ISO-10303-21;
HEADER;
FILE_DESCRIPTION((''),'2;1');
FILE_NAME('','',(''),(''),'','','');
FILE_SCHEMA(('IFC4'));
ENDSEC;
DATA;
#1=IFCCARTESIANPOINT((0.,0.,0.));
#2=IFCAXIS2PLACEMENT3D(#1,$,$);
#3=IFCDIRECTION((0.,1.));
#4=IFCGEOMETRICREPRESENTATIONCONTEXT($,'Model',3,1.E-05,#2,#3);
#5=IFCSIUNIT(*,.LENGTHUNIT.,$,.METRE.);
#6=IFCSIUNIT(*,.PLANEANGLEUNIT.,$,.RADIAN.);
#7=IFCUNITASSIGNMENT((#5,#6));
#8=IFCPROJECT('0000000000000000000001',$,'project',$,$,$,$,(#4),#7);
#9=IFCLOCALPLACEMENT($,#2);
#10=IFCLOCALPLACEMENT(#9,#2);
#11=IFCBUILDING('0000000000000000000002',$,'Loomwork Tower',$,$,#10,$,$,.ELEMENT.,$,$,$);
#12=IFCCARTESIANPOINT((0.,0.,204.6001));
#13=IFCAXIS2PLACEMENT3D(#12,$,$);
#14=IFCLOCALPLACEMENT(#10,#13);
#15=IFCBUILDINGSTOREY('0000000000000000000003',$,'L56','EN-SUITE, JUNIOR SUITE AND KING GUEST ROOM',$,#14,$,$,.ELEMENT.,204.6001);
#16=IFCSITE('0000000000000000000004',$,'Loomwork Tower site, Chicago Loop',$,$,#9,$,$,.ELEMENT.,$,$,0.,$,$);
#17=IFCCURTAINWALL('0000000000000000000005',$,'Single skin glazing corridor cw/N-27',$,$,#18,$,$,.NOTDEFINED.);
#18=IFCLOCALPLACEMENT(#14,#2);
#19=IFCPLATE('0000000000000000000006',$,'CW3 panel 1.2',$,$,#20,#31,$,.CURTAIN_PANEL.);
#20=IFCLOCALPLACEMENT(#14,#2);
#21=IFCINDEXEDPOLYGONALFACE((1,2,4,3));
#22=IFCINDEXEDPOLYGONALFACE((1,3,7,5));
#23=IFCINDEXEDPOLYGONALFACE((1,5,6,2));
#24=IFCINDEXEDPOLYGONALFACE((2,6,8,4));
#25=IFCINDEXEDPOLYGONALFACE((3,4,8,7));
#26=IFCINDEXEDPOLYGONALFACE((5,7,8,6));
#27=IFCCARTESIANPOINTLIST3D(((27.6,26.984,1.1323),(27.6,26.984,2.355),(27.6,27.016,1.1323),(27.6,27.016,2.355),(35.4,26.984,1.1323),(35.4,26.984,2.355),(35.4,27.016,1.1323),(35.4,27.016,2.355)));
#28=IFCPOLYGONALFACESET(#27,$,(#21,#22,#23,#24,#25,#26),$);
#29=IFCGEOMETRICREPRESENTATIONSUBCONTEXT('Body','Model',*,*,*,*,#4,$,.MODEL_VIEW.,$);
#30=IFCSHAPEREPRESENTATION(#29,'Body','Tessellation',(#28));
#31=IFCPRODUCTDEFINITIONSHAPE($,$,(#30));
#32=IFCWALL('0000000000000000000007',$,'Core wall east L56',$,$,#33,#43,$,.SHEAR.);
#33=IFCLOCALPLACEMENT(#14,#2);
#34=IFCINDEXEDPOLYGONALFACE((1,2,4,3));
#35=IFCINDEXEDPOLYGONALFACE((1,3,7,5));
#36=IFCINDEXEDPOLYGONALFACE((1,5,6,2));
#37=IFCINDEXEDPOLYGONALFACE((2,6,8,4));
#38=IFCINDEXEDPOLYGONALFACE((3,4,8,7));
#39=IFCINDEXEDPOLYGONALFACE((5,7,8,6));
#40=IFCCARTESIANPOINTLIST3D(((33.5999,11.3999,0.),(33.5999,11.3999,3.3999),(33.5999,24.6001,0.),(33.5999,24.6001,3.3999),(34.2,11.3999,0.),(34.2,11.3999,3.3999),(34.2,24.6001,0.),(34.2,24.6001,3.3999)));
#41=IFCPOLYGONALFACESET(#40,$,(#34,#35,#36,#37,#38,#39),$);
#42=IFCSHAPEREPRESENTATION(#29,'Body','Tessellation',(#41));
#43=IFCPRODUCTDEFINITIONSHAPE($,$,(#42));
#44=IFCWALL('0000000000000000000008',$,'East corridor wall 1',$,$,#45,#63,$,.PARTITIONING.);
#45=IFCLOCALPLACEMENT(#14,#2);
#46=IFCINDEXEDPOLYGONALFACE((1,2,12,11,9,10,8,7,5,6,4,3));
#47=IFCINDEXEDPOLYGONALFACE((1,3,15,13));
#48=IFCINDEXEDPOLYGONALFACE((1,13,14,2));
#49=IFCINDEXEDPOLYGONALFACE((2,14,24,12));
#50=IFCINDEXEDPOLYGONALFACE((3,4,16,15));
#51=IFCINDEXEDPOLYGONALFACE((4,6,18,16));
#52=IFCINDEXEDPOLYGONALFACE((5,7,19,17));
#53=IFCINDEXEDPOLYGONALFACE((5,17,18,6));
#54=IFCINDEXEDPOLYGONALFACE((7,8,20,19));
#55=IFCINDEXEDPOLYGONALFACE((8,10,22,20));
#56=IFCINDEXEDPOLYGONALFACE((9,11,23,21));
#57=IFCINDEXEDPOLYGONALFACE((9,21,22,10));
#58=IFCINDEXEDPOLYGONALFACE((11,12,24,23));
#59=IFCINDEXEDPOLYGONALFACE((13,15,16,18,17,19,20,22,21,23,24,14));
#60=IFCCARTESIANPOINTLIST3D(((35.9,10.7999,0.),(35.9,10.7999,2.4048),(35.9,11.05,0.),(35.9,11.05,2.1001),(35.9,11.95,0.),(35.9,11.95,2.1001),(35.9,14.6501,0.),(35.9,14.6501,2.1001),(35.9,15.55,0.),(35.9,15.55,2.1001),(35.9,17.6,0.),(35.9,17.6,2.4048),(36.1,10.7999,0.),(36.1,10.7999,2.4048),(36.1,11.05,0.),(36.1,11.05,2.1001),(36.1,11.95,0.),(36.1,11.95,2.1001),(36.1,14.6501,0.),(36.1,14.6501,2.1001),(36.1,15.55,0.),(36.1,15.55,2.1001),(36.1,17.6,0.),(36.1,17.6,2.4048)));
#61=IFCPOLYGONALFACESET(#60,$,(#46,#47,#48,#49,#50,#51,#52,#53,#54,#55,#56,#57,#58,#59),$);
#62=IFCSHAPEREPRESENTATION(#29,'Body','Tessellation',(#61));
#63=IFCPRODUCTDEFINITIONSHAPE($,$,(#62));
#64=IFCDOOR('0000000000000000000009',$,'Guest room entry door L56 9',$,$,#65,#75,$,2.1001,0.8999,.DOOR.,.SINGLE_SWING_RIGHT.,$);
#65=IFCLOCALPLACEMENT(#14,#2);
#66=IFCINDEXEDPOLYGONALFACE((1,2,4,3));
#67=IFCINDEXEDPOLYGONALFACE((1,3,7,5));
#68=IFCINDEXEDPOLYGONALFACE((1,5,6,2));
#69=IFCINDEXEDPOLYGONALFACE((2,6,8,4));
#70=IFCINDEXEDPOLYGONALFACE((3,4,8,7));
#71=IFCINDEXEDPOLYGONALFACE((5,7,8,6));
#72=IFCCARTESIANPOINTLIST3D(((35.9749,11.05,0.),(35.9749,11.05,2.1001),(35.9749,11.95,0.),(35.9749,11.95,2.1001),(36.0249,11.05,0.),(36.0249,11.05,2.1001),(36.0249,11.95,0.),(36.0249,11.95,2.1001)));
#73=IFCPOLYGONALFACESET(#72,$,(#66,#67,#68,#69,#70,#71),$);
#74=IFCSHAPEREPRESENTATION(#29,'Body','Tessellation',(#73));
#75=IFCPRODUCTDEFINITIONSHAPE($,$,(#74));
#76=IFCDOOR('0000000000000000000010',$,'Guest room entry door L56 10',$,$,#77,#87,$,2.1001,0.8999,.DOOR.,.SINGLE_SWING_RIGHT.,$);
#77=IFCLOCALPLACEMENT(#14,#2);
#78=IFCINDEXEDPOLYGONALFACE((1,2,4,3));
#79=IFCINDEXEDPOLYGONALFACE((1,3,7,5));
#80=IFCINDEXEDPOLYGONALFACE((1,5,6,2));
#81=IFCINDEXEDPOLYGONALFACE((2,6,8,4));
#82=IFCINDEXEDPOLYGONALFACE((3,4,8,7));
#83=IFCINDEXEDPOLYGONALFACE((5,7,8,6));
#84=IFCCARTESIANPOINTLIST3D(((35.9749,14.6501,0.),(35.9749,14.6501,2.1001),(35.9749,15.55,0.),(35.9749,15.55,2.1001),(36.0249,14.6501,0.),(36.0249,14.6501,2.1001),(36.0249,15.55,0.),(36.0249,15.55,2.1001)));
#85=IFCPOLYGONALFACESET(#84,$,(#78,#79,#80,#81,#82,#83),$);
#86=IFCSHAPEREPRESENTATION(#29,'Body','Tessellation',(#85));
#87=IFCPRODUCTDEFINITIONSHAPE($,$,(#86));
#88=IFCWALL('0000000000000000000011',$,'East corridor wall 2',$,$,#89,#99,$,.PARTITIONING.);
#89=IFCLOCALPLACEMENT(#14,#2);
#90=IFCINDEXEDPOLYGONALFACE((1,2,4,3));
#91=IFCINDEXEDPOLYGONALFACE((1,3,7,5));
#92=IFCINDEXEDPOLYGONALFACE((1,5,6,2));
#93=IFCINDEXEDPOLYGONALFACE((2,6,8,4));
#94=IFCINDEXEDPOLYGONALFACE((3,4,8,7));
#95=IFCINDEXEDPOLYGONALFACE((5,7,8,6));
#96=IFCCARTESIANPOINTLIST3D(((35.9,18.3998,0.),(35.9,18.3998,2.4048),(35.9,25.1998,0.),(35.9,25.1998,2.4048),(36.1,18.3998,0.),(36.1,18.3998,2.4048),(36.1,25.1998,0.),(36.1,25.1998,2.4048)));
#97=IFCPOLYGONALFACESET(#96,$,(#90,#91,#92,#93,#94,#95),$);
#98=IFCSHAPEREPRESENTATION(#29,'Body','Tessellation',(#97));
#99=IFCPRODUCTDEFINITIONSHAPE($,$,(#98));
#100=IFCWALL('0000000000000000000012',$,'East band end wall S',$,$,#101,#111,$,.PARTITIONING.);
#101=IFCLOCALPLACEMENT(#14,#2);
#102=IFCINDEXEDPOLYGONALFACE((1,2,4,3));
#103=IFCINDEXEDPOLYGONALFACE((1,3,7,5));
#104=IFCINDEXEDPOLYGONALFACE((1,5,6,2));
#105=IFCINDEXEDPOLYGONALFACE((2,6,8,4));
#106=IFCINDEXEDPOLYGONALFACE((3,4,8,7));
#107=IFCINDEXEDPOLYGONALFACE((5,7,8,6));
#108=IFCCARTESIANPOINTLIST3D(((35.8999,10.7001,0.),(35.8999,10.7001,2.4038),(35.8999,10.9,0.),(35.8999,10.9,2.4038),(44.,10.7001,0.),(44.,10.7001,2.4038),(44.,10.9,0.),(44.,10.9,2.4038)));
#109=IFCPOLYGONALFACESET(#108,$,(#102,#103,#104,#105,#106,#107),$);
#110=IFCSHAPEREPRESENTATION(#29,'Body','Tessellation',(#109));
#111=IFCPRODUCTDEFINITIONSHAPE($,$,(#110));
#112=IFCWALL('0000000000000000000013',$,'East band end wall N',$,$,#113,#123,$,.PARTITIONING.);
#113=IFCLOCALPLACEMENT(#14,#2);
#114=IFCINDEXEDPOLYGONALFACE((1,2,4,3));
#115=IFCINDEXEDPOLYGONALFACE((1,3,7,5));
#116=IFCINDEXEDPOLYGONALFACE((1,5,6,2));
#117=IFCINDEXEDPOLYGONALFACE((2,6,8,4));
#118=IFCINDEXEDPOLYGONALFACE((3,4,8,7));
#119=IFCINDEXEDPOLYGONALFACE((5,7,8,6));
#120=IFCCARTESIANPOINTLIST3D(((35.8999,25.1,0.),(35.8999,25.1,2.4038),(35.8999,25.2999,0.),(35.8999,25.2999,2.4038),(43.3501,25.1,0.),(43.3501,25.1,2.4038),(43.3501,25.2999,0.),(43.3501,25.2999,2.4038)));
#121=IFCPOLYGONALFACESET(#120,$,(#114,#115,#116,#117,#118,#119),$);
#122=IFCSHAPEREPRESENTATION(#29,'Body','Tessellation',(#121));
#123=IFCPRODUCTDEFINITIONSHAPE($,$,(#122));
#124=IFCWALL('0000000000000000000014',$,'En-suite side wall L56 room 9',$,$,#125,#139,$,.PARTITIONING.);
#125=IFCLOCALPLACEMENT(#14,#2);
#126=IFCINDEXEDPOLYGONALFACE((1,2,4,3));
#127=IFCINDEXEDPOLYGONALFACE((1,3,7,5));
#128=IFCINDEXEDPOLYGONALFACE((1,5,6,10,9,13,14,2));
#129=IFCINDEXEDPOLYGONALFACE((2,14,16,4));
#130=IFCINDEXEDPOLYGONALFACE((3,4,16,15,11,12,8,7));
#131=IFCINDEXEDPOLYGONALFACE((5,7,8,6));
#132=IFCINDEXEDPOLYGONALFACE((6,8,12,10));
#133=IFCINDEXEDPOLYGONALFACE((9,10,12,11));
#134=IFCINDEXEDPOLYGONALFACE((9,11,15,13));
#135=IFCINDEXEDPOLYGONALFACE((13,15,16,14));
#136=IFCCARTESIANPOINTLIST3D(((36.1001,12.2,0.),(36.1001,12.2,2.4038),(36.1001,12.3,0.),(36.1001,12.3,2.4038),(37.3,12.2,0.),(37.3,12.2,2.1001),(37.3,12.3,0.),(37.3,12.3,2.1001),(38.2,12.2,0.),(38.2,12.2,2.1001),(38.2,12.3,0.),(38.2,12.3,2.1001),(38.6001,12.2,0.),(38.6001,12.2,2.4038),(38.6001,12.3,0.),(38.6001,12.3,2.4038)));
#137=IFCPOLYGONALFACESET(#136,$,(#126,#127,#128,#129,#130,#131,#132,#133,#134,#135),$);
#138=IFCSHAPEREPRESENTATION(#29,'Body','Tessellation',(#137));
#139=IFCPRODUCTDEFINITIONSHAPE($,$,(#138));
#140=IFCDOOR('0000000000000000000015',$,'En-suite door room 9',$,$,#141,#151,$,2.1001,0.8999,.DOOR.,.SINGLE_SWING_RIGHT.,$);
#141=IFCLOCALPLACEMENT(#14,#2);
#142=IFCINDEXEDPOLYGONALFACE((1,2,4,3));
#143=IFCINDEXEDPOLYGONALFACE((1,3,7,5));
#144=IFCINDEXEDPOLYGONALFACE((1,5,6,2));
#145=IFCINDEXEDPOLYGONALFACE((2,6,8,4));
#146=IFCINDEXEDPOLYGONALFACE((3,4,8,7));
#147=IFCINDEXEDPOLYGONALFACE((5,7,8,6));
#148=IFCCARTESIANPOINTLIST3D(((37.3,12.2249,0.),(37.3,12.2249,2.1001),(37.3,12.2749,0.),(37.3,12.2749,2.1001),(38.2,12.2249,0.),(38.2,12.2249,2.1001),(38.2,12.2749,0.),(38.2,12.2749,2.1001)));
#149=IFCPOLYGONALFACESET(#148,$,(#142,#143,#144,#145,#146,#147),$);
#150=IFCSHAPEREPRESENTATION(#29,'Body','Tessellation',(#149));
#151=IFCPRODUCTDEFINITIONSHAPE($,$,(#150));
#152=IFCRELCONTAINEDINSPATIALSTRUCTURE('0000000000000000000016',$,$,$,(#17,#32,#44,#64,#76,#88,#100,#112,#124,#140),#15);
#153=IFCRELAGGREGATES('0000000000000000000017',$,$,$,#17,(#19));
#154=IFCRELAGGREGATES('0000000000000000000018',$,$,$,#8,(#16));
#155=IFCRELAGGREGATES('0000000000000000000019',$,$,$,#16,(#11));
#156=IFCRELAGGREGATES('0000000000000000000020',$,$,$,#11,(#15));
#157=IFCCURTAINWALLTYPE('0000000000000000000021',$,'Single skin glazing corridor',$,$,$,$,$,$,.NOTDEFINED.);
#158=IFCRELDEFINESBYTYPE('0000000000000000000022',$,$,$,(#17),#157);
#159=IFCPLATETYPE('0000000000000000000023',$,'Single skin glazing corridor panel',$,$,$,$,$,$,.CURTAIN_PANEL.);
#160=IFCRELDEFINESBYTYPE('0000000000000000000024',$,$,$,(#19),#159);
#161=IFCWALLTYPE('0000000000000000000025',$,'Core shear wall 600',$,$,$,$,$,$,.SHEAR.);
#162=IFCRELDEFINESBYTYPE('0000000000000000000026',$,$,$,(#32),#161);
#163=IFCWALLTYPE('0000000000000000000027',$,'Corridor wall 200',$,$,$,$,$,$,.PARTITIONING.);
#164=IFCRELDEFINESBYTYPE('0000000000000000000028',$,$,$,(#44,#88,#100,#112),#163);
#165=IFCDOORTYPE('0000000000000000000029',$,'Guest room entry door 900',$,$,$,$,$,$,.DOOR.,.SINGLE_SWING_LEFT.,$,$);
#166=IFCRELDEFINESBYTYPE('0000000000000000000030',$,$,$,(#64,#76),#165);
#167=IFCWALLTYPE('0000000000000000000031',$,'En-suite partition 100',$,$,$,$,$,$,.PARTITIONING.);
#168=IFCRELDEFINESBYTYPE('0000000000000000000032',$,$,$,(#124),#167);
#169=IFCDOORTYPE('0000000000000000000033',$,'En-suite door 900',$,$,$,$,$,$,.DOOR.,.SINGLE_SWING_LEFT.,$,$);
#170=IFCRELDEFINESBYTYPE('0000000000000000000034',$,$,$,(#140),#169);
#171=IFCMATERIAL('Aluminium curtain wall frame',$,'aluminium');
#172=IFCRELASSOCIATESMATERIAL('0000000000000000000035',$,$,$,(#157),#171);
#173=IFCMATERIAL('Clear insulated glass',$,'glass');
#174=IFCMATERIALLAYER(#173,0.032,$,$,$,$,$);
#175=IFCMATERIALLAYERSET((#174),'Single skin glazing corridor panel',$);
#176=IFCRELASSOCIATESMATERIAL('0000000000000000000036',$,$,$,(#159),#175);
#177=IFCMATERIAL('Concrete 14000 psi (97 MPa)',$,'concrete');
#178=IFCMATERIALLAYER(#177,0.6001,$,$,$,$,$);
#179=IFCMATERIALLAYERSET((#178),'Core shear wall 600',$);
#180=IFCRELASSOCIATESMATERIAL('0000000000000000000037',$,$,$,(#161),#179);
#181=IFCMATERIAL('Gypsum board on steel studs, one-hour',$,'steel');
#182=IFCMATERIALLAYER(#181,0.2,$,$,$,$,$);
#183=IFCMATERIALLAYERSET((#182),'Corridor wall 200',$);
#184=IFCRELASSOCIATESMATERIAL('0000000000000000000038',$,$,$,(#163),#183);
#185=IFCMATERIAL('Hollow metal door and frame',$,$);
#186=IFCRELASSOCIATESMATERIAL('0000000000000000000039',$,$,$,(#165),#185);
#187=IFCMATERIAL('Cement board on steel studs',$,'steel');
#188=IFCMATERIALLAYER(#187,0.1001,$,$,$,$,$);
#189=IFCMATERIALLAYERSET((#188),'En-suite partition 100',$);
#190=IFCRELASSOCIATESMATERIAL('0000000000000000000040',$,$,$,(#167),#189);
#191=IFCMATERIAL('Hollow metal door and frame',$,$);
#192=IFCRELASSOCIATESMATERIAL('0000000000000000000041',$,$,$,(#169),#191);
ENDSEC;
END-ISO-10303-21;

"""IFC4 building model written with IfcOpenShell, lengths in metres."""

from ifc_helpers import new_model, si_unit, direction, frame, frame_2d, origin, origin_2d, place, context, subcontext, project, spatial, rectangle, extrude, material, layer, layer_set, type_object, element, fill, aggregate, save


model = new_model("IFC4")

# Units and contexts
model_context = context("Model", 3, precision=1e-05, world=origin(), true_north=direction((0.0, 1.0)))
body_context = subcontext(model_context, "Body", "Model", "MODEL_VIEW")
ifc_project = project(units=[si_unit("LENGTHUNIT", "METRE"), si_unit("PLANEANGLEUNIT", "RADIAN")], contexts=[model_context])

# Site, building, storey
site_placement = place(None, origin())
site = spatial("IfcSite", under=ifc_project, at=site_placement, Name="Loomwork Tower site, Chicago Loop", CompositionType="ELEMENT", RefElevation=0.0)
building_placement = place(site_placement, origin())
building = spatial("IfcBuilding", under=site, at=building_placement, Name="Loomwork Tower", CompositionType="ELEMENT")
storey_placement = place(building_placement, frame((0.0, 0.0, 204.6001)))
storey = spatial("IfcBuildingStorey", under=building, at=storey_placement, Name="L56", Description="EN-SUITE, JUNIOR SUITE AND KING GUEST ROOM", CompositionType="ELEMENT", Elevation=204.6001)

# Curtain wall, plate
ifc_material_1 = material(Name="Aluminium curtain wall frame", Category="aluminium")
curtain_wall_type = type_object("IfcCurtainWallType", Name="Single skin glazing corridor", PredefinedType="NOTDEFINED", material=ifc_material_1)
curtain_wall_placement = place(storey_placement, origin())
curtain_wall = element("IfcCurtainWall", 1, at=curtain_wall_placement, inside=storey, type_object=curtain_wall_type, Name="Single skin glazing corridor cw/N-27", PredefinedType="NOTDEFINED")
ifc_material_2 = material(Name="Clear insulated glass", Category="glass")
ifc_layer_1 = layer(ifc_material_2, 0.032)
ifc_layer_set_1 = layer_set([ifc_layer_1], Name="Single skin glazing corridor panel")
plate_type = type_object("IfcPlateType", Name="Single skin glazing corridor panel", PredefinedType="CURTAIN_PANEL", material=ifc_layer_set_1)
plate_placement = place(storey_placement, frame((31.5, 27.0, 1.1323), z_axis=(0.0, 0.0, 1.0), x_axis=(-1.0, 0.0, 0.0)))
plate = element("IfcPlate", 2, at=plate_placement, type_object=plate_type, Name="CW3 panel 1.2", PredefinedType="CURTAIN_PANEL", context=body_context, shape_type="SweptSolid", body=[
    extrude(rectangle(XDim=7.8, YDim=0.032, at=origin_2d()), origin(), (0.0, 0.0, 1.0), 1.2227),
])
aggregate(curtain_wall, [plate])

# Wall
ifc_material_3 = material(Name="Concrete 14000 psi (97 MPa)", Category="concrete")
ifc_layer_2 = layer(ifc_material_3, 0.6001)
ifc_layer_set_2 = layer_set([ifc_layer_2], Name="Core shear wall 600")
wall_type_1 = type_object("IfcWallType", Name="Core shear wall 600", PredefinedType="SHEAR", material=ifc_layer_set_2)
wall_1_placement = place(storey_placement, frame((33.8999, 11.3999, 0.0), z_axis=(0.0, 0.0, 1.0), x_axis=(0.0, 1.0, 0.0)))
element("IfcWall", 3, at=wall_1_placement, inside=storey, type_object=wall_type_1, Name="Core wall east L56", PredefinedType="SHEAR", context=body_context, shape_type="SweptSolid", body=[
    extrude(rectangle(XDim=13.2002, YDim=0.6001, at=frame_2d((6.6001, 0.0))), origin(), (0.0, 0.0, 1.0), 3.3999),
])

# Wall, openings, doors
ifc_material_4 = material(Name="Gypsum board on steel studs, one-hour", Category="steel")
ifc_layer_3 = layer(ifc_material_4, 0.2)
ifc_layer_set_3 = layer_set([ifc_layer_3], Name="Corridor wall 200")
wall_type_2 = type_object("IfcWallType", Name="Corridor wall 200", PredefinedType="PARTITIONING", material=ifc_layer_set_3)
wall_2_placement = place(storey_placement, frame((36.0, 10.8, 0.0), z_axis=(0.0, 0.0, 1.0), x_axis=(0.0, 1.0, 0.0)))
wall_2 = element("IfcWall", 4, at=wall_2_placement, inside=storey, type_object=wall_type_2, Name="East corridor wall 1", PredefinedType="PARTITIONING", context=body_context, shape_type="SweptSolid", body=[
    extrude(rectangle(XDim=6.8, YDim=0.2, at=frame_2d((3.3999, 0.0))), origin(), (0.0, 0.0, 1.0), 2.4048),
])
opening_1_placement = place(wall_2_placement, frame((0.25, 0.0, 0.0)))
opening_1 = element("IfcOpeningElement", 5, at=opening_1_placement, cuts=wall_2, PredefinedType="OPENING", context=body_context, shape_type="SweptSolid", body=[
    extrude(rectangle(XDim=0.8999, YDim=2.1001, at=frame_2d((0.45, 1.05))), frame((0.0, 0.1099, 0.0), z_axis=(0.0, -1.0, 0.0), x_axis=(1.0, 0.0, 0.0)), (0.0, 0.0, 1.0), 0.22),
])
opening_2_placement = place(wall_2_placement, frame((3.8501, 0.0, 0.0)))
opening_2 = element("IfcOpeningElement", 6, at=opening_2_placement, cuts=wall_2, PredefinedType="OPENING", context=body_context, shape_type="SweptSolid", body=[
    extrude(rectangle(XDim=0.8999, YDim=2.1001, at=frame_2d((0.45, 1.05))), frame((0.0, 0.1099, 0.0), z_axis=(0.0, -1.0, 0.0), x_axis=(1.0, 0.0, 0.0)), (0.0, 0.0, 1.0), 0.22),
])
ifc_material_5 = material(Name="Hollow metal door and frame")
door_type_1 = type_object("IfcDoorType", Name="Guest room entry door 900", OperationType="SINGLE_SWING_LEFT", PredefinedType="DOOR", material=ifc_material_5)
door_1_placement = place(opening_1_placement, frame((0.8999, 0.0, 0.0), z_axis=(0.0, 0.0, 1.0), x_axis=(-1.0, 0.0, 0.0)))
door_1 = element("IfcDoor", 7, at=door_1_placement, inside=storey, type_object=door_type_1, Name="Guest room entry door L56 9", OperationType="SINGLE_SWING_RIGHT", OverallHeight=2.1001, OverallWidth=0.8999, PredefinedType="DOOR", context=body_context, shape_type="SweptSolid", body=[
    extrude(rectangle(XDim=0.8999, YDim=2.1001, at=frame_2d((0.45, 1.05))), frame((0.0, 0.0249, 0.0), z_axis=(0.0, -1.0, 0.0), x_axis=(1.0, 0.0, 0.0)), (0.0, 0.0, 1.0), 0.05),
])
fill(opening_1, door_1)
door_2_placement = place(opening_2_placement, frame((0.8999, 0.0, 0.0), z_axis=(0.0, 0.0, 1.0), x_axis=(-1.0, 0.0, 0.0)))
door_2 = element("IfcDoor", 8, at=door_2_placement, inside=storey, type_object=door_type_1, Name="Guest room entry door L56 10", OperationType="SINGLE_SWING_RIGHT", OverallHeight=2.1001, OverallWidth=0.8999, PredefinedType="DOOR", context=body_context, shape_type="SweptSolid", body=[
    extrude(rectangle(XDim=0.8999, YDim=2.1001, at=frame_2d((0.45, 1.05))), frame((0.0, 0.0249, 0.0), z_axis=(0.0, -1.0, 0.0), x_axis=(1.0, 0.0, 0.0)), (0.0, 0.0, 1.0), 0.05),
])
fill(opening_2, door_2)

# Walls
wall_3_placement = place(storey_placement, frame((36.0, 18.3999, 0.0), z_axis=(0.0, 0.0, 1.0), x_axis=(0.0, 1.0, 0.0)))
element("IfcWall", 9, at=wall_3_placement, inside=storey, type_object=wall_type_2, Name="East corridor wall 2", PredefinedType="PARTITIONING", context=body_context, shape_type="SweptSolid", body=[
    extrude(rectangle(XDim=6.8, YDim=0.2, at=frame_2d((3.3999, 0.0))), origin(), (0.0, 0.0, 1.0), 2.4048),
])
wall_4_placement = place(storey_placement, frame((35.8999, 10.8, 0.0), z_axis=(0.0, 0.0, 1.0), x_axis=(1.0, 0.0, 0.0)))
element("IfcWall", 10, at=wall_4_placement, inside=storey, type_object=wall_type_2, Name="East band end wall S", PredefinedType="PARTITIONING", context=body_context, shape_type="SweptSolid", body=[
    extrude(rectangle(XDim=8.1001, YDim=0.2, at=frame_2d((4.05, 0.0))), origin(), (0.0, 0.0, 1.0), 2.4038),
])
wall_5_placement = place(storey_placement, frame((35.8999, 25.2, 0.0), z_axis=(0.0, 0.0, 1.0), x_axis=(1.0, 0.0, 0.0)))
element("IfcWall", 11, at=wall_5_placement, inside=storey, type_object=wall_type_2, Name="East band end wall N", PredefinedType="PARTITIONING", context=body_context, shape_type="SweptSolid", body=[
    extrude(rectangle(XDim=7.4502, YDim=0.2, at=frame_2d((3.7251, 0.0))), origin(), (0.0, 0.0, 1.0), 2.4038),
])

# Wall, opening, door
ifc_material_6 = material(Name="Cement board on steel studs", Category="steel")
ifc_layer_4 = layer(ifc_material_6, 0.1001)
ifc_layer_set_4 = layer_set([ifc_layer_4], Name="En-suite partition 100")
wall_type_3 = type_object("IfcWallType", Name="En-suite partition 100", PredefinedType="PARTITIONING", material=ifc_layer_set_4)
wall_6_placement = place(storey_placement, frame((36.1001, 12.25, 0.0), z_axis=(0.0, 0.0, 1.0), x_axis=(1.0, 0.0, 0.0)))
wall_6 = element("IfcWall", 12, at=wall_6_placement, inside=storey, type_object=wall_type_3, Name="En-suite side wall L56 room 9", PredefinedType="PARTITIONING", context=body_context, shape_type="SweptSolid", body=[
    extrude(rectangle(XDim=2.5, YDim=0.1001, at=frame_2d((1.25, 0.0))), origin(), (0.0, 0.0, 1.0), 2.4038),
])
opening_3_placement = place(wall_6_placement, frame((1.2, 0.0, 0.0)))
opening_3 = element("IfcOpeningElement", 13, at=opening_3_placement, cuts=wall_6, PredefinedType="OPENING", context=body_context, shape_type="SweptSolid", body=[
    extrude(rectangle(XDim=0.8999, YDim=2.1001, at=frame_2d((0.45, 1.05))), frame((0.0, 0.0601, 0.0), z_axis=(0.0, -1.0, 0.0), x_axis=(1.0, 0.0, 0.0)), (0.0, 0.0, 1.0), 0.1201),
])
ifc_material_7 = material(Name="Hollow metal door and frame")
door_type_2 = type_object("IfcDoorType", Name="En-suite door 900", OperationType="SINGLE_SWING_LEFT", PredefinedType="DOOR", material=ifc_material_7)
door_3_placement = place(opening_3_placement, origin())
door_3 = element("IfcDoor", 14, at=door_3_placement, inside=storey, type_object=door_type_2, Name="En-suite door room 9", OperationType="SINGLE_SWING_RIGHT", OverallHeight=2.1001, OverallWidth=0.8999, PredefinedType="DOOR", context=body_context, shape_type="SweptSolid", body=[
    extrude(rectangle(XDim=0.8999, YDim=2.1001, at=frame_2d((0.45, 1.05))), frame((0.0, 0.0249, 0.0), z_axis=(0.0, -1.0, 0.0), x_axis=(1.0, 0.0, 0.0)), (0.0, 0.0, 1.0), 0.05),
])
fill(opening_3, door_3)

save(model, "model.ifc")
